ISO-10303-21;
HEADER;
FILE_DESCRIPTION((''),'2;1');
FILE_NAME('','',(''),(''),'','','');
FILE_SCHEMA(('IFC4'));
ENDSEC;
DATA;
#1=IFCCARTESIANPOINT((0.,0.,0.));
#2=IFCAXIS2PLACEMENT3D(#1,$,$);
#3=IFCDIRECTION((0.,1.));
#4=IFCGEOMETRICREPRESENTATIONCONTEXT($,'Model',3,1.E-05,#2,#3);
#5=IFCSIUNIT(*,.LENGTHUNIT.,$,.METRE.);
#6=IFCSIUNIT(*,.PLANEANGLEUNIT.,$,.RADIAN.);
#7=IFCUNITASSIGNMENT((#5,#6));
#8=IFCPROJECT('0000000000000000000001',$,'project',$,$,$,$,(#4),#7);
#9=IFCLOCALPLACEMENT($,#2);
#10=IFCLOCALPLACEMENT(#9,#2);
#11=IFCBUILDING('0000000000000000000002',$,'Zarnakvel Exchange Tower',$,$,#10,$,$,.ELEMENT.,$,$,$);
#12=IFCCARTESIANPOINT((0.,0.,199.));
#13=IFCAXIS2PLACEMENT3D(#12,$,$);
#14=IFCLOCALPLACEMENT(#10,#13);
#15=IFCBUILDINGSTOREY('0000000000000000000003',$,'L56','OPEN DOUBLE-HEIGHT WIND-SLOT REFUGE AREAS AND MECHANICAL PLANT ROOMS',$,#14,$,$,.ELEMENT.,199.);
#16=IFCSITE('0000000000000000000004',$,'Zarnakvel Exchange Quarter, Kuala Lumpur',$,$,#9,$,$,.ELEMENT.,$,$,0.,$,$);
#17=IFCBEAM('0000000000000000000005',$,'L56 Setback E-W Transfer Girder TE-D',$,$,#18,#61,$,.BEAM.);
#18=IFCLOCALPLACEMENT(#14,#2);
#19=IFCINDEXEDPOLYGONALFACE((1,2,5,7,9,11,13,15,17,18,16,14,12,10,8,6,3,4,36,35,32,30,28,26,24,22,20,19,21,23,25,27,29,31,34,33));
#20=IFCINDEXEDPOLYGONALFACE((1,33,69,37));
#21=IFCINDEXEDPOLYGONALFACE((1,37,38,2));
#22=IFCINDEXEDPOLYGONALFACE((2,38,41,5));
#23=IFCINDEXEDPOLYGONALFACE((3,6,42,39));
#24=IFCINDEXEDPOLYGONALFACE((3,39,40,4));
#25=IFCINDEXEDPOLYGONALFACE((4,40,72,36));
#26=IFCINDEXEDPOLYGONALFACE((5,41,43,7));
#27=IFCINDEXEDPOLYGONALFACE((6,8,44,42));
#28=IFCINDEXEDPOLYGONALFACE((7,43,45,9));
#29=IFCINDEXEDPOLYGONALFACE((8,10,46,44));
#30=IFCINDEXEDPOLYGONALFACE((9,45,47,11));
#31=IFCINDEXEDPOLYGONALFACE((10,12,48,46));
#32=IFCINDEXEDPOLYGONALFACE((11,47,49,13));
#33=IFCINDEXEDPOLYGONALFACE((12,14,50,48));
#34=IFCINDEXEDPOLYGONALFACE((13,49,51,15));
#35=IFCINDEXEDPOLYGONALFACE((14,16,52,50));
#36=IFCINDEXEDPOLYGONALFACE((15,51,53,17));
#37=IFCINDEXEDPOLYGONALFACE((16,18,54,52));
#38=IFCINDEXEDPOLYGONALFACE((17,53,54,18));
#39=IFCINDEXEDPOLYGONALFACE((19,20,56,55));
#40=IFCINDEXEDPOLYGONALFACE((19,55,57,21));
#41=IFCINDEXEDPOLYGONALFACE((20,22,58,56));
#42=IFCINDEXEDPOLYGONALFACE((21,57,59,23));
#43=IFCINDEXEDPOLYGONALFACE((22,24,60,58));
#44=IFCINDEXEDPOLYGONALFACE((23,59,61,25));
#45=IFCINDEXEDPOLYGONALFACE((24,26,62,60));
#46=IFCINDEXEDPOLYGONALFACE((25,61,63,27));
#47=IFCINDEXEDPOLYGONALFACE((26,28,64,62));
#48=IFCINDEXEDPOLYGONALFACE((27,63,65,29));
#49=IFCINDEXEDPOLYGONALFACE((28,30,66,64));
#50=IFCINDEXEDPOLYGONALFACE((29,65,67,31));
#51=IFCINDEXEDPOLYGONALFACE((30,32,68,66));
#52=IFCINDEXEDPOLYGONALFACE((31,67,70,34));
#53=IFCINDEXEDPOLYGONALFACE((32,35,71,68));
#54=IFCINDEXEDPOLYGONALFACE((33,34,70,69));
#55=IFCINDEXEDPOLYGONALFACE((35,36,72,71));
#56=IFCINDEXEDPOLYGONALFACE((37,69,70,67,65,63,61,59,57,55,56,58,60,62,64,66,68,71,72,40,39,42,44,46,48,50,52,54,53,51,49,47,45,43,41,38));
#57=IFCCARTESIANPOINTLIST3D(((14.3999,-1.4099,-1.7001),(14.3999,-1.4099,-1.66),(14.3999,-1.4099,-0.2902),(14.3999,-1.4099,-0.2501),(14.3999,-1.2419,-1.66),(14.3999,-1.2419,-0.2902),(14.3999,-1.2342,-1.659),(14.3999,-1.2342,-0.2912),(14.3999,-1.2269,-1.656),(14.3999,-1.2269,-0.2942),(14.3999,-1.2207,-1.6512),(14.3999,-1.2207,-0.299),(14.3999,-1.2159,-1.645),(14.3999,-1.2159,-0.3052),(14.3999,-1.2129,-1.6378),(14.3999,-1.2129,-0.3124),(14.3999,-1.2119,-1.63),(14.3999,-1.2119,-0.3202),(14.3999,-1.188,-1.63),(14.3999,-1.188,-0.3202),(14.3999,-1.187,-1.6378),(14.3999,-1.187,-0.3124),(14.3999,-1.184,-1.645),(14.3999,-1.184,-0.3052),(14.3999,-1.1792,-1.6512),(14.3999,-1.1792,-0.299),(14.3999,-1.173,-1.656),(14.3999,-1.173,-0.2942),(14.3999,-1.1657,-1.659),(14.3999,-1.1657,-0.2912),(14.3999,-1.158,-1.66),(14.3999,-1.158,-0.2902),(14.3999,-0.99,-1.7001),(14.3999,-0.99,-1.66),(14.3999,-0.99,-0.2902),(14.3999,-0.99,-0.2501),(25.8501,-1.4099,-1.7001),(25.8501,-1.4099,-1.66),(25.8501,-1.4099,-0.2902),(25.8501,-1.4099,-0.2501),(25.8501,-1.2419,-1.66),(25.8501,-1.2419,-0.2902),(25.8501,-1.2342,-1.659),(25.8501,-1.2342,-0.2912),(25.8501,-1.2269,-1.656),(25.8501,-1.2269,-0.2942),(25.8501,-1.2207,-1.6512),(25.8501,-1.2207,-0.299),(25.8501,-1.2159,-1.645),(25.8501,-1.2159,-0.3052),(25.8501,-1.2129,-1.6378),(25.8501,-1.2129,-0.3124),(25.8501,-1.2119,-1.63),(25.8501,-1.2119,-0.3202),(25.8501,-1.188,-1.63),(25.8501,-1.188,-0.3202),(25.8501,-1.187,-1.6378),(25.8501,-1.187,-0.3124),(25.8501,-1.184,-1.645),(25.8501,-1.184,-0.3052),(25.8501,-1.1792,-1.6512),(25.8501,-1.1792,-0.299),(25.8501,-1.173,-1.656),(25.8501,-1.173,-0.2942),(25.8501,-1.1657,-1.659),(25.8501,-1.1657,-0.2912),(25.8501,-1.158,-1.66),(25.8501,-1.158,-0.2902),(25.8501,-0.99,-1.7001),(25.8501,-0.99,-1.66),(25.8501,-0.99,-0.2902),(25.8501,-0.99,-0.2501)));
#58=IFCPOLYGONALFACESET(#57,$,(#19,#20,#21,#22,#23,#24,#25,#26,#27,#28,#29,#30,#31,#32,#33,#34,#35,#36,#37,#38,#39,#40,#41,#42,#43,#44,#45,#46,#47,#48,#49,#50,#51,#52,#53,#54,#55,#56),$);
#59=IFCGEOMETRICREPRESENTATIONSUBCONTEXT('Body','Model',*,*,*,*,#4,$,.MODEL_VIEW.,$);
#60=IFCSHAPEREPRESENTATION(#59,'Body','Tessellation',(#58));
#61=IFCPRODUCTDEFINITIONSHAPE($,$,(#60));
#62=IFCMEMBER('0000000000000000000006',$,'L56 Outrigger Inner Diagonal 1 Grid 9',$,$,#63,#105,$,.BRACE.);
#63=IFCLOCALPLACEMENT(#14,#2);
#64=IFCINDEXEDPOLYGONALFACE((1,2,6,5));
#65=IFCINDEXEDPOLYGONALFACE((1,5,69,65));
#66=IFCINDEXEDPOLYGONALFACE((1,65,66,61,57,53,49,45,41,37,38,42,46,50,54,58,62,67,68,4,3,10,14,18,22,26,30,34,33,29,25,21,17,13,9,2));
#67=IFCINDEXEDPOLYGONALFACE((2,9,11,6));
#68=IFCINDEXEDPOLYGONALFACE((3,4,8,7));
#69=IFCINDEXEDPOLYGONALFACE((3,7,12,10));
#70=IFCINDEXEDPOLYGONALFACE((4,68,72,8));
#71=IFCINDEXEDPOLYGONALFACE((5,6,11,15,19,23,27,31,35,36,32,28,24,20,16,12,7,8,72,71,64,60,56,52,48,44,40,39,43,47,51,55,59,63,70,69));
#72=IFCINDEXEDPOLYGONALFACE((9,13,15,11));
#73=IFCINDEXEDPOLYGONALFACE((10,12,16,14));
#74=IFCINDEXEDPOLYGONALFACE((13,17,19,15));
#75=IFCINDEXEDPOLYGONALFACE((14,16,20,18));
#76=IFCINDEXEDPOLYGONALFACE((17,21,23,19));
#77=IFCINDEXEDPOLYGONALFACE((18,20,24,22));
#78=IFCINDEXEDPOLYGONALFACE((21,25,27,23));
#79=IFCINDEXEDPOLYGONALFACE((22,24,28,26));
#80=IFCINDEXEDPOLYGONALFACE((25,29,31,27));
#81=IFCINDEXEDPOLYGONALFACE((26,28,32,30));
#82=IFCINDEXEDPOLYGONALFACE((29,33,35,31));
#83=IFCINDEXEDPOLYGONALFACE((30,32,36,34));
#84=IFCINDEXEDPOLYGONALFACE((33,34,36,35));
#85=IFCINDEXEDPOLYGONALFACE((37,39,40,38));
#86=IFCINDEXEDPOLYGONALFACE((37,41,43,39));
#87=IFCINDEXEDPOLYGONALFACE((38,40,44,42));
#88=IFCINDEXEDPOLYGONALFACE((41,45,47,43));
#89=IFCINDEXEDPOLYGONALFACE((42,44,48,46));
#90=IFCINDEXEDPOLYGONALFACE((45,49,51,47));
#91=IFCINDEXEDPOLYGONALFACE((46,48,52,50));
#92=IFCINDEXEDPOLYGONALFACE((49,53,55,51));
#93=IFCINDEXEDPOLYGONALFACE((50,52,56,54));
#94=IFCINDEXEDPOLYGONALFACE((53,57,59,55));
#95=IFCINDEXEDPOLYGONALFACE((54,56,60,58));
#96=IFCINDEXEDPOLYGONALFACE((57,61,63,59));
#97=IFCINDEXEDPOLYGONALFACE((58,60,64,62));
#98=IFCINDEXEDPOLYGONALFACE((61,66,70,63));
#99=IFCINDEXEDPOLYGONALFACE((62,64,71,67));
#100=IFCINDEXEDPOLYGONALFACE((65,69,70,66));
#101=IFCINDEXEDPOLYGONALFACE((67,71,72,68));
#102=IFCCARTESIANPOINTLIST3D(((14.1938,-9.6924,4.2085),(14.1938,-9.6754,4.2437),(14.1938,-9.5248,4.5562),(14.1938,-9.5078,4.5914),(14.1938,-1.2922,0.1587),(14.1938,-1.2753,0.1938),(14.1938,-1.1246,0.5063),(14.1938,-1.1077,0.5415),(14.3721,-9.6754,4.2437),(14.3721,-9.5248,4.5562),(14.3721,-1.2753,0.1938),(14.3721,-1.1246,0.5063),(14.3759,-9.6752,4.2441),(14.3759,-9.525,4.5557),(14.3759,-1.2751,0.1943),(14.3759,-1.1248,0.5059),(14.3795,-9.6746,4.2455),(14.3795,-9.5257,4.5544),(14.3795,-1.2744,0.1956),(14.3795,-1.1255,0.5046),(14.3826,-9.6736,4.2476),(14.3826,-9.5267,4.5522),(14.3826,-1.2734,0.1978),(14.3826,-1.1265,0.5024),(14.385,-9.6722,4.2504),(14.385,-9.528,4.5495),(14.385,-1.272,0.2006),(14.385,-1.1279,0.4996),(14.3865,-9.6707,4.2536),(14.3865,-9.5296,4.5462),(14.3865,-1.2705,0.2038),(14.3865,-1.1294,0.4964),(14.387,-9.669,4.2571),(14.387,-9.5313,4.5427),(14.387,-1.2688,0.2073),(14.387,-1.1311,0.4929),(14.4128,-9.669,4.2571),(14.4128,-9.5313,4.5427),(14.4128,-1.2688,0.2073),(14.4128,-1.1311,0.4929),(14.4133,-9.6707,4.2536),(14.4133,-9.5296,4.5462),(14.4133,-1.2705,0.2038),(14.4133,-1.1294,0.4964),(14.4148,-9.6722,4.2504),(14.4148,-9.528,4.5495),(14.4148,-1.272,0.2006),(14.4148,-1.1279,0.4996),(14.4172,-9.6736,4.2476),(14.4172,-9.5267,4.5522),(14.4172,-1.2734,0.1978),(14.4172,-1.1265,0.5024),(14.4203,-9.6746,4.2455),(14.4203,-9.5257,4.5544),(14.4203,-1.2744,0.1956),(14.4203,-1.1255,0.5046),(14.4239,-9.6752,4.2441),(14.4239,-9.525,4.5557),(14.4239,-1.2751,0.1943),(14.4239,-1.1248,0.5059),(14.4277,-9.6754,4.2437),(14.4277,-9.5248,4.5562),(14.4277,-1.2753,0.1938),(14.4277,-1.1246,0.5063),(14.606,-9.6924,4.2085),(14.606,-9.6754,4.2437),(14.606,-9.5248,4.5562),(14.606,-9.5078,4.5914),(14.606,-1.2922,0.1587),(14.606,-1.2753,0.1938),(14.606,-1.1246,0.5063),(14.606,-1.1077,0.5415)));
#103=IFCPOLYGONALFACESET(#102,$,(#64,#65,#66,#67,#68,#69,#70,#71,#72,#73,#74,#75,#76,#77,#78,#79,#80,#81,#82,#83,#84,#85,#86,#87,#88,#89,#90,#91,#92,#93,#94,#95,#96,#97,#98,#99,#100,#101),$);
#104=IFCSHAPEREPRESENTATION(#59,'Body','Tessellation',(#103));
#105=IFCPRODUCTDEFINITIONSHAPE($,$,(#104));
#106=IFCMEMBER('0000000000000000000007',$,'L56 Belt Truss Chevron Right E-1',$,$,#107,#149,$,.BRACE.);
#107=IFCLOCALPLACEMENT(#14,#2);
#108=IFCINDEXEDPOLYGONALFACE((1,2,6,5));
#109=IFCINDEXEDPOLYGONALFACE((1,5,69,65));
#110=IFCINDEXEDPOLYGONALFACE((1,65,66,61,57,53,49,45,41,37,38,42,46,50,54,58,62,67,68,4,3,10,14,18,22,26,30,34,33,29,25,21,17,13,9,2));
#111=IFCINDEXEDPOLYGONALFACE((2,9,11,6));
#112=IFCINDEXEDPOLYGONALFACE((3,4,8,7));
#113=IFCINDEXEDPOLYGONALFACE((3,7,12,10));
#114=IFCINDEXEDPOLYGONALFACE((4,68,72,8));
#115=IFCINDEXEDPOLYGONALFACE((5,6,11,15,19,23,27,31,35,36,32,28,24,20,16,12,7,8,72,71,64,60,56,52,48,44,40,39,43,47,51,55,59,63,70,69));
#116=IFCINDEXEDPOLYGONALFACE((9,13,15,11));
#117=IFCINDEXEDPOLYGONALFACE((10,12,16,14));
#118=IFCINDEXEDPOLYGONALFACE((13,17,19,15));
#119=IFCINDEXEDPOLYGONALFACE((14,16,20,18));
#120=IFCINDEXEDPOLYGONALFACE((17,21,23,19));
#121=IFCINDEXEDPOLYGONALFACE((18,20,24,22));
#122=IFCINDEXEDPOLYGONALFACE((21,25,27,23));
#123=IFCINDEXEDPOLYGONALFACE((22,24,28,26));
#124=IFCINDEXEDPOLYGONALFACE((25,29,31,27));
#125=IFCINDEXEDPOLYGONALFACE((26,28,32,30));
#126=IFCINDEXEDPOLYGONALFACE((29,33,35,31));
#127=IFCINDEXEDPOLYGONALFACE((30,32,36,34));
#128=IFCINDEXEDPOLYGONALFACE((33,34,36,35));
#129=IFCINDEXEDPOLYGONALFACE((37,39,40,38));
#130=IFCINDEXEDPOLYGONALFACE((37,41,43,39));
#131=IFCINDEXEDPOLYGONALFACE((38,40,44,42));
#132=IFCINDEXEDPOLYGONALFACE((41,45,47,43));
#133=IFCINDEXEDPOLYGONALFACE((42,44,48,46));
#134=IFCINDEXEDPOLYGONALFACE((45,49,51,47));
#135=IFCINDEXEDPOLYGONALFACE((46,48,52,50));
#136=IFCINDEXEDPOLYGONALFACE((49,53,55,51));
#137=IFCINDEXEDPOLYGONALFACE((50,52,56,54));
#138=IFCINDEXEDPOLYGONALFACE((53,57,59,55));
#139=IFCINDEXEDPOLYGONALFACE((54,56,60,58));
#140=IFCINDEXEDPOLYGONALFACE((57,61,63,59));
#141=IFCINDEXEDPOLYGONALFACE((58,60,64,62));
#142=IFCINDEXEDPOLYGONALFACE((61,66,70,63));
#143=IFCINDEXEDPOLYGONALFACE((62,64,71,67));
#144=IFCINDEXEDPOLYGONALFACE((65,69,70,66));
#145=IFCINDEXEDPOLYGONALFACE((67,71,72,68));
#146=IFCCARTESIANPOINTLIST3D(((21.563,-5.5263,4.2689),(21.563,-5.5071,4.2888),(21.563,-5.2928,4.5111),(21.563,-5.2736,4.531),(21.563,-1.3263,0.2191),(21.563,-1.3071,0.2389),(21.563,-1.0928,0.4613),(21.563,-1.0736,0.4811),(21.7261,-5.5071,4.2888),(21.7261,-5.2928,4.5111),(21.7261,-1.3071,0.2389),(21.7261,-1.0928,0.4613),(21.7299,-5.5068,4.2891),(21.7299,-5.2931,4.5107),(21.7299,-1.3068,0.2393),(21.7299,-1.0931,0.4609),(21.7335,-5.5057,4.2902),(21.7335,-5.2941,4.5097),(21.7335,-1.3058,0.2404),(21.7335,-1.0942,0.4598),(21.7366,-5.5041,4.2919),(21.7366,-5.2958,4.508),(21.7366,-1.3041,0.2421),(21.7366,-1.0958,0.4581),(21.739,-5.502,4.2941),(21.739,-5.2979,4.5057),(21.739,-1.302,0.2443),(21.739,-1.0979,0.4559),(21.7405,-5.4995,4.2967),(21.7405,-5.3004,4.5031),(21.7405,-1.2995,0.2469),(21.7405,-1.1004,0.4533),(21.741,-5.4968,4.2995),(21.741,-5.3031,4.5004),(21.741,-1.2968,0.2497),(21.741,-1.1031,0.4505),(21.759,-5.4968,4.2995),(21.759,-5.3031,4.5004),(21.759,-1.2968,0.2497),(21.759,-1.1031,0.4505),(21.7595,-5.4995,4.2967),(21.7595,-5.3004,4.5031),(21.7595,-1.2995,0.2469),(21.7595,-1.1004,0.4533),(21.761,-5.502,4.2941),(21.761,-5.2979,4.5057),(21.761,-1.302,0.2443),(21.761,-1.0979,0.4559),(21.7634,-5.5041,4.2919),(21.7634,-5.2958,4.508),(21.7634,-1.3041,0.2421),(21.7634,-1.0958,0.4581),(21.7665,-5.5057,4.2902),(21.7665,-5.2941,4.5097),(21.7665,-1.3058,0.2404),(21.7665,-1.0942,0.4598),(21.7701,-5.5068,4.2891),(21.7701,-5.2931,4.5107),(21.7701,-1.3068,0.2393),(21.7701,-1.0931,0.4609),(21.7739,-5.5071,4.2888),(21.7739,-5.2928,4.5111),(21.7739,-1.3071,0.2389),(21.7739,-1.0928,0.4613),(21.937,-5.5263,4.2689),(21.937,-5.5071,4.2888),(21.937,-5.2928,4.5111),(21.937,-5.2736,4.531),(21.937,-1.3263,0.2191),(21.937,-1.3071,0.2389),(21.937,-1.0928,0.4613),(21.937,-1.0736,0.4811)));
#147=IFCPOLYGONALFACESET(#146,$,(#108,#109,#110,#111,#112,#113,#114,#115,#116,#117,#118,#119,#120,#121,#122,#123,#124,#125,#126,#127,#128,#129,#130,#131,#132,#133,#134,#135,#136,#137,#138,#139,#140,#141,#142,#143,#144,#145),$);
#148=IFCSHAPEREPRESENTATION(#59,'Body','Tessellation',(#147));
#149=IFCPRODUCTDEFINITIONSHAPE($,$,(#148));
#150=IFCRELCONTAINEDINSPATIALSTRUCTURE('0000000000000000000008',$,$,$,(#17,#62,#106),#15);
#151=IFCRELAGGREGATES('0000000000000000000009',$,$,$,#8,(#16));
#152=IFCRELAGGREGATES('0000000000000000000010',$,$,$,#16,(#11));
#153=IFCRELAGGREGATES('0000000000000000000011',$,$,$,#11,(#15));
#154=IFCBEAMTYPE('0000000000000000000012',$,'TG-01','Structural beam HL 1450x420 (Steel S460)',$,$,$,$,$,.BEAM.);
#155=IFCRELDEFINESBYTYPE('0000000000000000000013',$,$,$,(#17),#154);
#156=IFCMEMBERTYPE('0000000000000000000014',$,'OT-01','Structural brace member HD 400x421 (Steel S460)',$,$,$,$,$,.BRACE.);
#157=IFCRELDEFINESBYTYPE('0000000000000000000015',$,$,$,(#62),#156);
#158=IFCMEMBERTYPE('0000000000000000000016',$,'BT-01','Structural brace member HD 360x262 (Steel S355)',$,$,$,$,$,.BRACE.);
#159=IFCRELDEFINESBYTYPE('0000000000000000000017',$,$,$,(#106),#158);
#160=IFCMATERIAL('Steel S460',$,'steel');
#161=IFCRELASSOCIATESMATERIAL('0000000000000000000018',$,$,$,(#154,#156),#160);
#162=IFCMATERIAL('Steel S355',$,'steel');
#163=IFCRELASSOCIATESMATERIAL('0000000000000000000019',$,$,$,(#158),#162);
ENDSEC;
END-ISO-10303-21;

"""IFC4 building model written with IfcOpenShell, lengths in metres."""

from ifc_helpers import new_model, si_unit, direction, frame, origin, origin_2d, place, context, subcontext, project, spatial, i_section, extrude, source, transform, mapped, material, material_profile, profile_set, type_object, element, save


model = new_model("IFC4")

# Units and contexts
model_context = context("Model", 3, precision=1e-05, world=origin(), true_north=direction((0.0, 1.0)))
body_context = subcontext(model_context, "Body", "Model", "MODEL_VIEW")
ifc_project = project(units=[si_unit("LENGTHUNIT", "METRE"), si_unit("PLANEANGLEUNIT", "RADIAN")], contexts=[model_context])

# Site, building, storey
site_placement = place(None, origin())
site = spatial("IfcSite", under=ifc_project, at=site_placement, Name="Zarnakvel Exchange Quarter, Kuala Lumpur", CompositionType="ELEMENT", RefElevation=0.0)
building_placement = place(site_placement, origin())
building = spatial("IfcBuilding", under=site, at=building_placement, Name="Zarnakvel Exchange Tower", CompositionType="ELEMENT")
storey_placement = place(building_placement, frame((0.0, 0.0, 199.0)))
storey = spatial("IfcBuildingStorey", under=building, at=storey_placement, Name="L56", Description="OPEN DOUBLE-HEIGHT WIND-SLOT REFUGE AREAS AND MECHANICAL PLANT ROOMS", CompositionType="ELEMENT", Elevation=199.0)

# Shared definitions
ifc_material_1 = material(Name="Steel S355", Category="steel")

# Beam
ifc_material_2 = material(Name="Steel S460", Category="steel")
ifc_material_profile_1 = material_profile(ifc_material_2, i_section(OverallWidth=0.4199, OverallDepth=1.45, WebThickness=0.0239, FlangeThickness=0.04, FilletRadius=0.03, at=origin_2d()))
ifc_profile_set_1 = profile_set([ifc_material_profile_1], Name="Steel S460")
beam_type_1 = type_object("IfcBeamType", Name="TG-01", Description="Structural beam HL 1450x420 (Steel S460)", PredefinedType="BEAM", material=ifc_profile_set_1)
beam_1_placement = place(storey_placement, frame((14.3999, -1.2, -0.9751), z_axis=(1.0, 0.0, 0.0), x_axis=(0.0, 1.0, 0.0)))
element("IfcBeam", 1, at=beam_1_placement, inside=storey, type_object=beam_type_1, Name="L56 Setback E-W Transfer Girder TE-D", PredefinedType="BEAM", context=body_context, shape_type="SweptSolid", body=[
    extrude(i_section(OverallWidth=0.4199, OverallDepth=1.45, WebThickness=0.0239, FlangeThickness=0.04, FilletRadius=0.03, at=origin_2d()), origin(), (0.0, 0.0, 1.0), 11.4502),
])

# Members
ifc_material_profile_2 = material_profile(ifc_material_2, i_section(OverallWidth=0.4121, OverallDepth=0.425, WebThickness=0.0259, FlangeThickness=0.0391, FilletRadius=0.0149, at=origin_2d()))
ifc_profile_set_2 = profile_set([ifc_material_profile_2], Name="Steel S460")
member_type_1 = type_object("IfcMemberType", Name="OT-01", Description="Structural brace member HD 400x421 (Steel S460)", PredefinedType="BRACE", material=ifc_profile_set_2)
shared_shape_1 = source(origin(), body_context, "Body", "SweptSolid", [
    extrude(i_section(OverallWidth=0.4121, OverallDepth=0.425, WebThickness=0.0259, FlangeThickness=0.0391, FilletRadius=0.0149, at=origin_2d()), origin(), (0.0, 0.0, 1.0), 9.3254),
])
member_1_placement = place(storey_placement, frame((14.3999, -1.2, 0.3501), z_axis=(0.0, -0.90078, 0.434276), x_axis=(1.0, 0.0, 0.0)))
element("IfcMember", 2, at=member_1_placement, inside=storey, type_object=member_type_1, Name="L56 Outrigger Inner Diagonal 1 Grid 9", PredefinedType="BRACE", context=body_context, shape_type="MappedRepresentation", body=[
    mapped(shared_shape_1, transform((0.0, 0.0, 0.0), x_axis=(1.0, 0.0, 0.0), y_axis=(0.0, 1.0, 0.0), z_axis=(0.0, 0.0, 1.0), scale=1.0)),
])
ifc_material_profile_3 = material_profile(ifc_material_1, i_section(OverallWidth=0.374, OverallDepth=0.364, WebThickness=0.0181, FlangeThickness=0.0276, FilletRadius=0.0149, at=origin_2d()))
ifc_profile_set_3 = profile_set([ifc_material_profile_3], Name="Steel S355")
member_type_2 = type_object("IfcMemberType", Name="BT-01", Description="Structural brace member HD 360x262 (Steel S355)", PredefinedType="BRACE", material=ifc_profile_set_3)
shared_shape_2 = source(origin(), body_context, "Body", "SweptSolid", [
    extrude(i_section(OverallWidth=0.374, OverallDepth=0.364, WebThickness=0.0181, FlangeThickness=0.0276, FilletRadius=0.0149, at=origin_2d()), origin(), (0.0, 0.0, 1.0), 5.8345),
])
member_2_placement = place(storey_placement, frame((21.75, -1.2, 0.3501), z_axis=(0.0, -0.719857, 0.694122), x_axis=(1.0, 0.0, 0.0)))
element("IfcMember", 3, at=member_2_placement, inside=storey, type_object=member_type_2, Name="L56 Belt Truss Chevron Right E-1", PredefinedType="BRACE", context=body_context, shape_type="MappedRepresentation", body=[
    mapped(shared_shape_2, transform((0.0, 0.0, 0.0), x_axis=(1.0, 0.0, 0.0), y_axis=(0.0, 1.0, 0.0), z_axis=(0.0, 0.0, 1.0), scale=1.0)),
])

save(model, "model.ifc")
